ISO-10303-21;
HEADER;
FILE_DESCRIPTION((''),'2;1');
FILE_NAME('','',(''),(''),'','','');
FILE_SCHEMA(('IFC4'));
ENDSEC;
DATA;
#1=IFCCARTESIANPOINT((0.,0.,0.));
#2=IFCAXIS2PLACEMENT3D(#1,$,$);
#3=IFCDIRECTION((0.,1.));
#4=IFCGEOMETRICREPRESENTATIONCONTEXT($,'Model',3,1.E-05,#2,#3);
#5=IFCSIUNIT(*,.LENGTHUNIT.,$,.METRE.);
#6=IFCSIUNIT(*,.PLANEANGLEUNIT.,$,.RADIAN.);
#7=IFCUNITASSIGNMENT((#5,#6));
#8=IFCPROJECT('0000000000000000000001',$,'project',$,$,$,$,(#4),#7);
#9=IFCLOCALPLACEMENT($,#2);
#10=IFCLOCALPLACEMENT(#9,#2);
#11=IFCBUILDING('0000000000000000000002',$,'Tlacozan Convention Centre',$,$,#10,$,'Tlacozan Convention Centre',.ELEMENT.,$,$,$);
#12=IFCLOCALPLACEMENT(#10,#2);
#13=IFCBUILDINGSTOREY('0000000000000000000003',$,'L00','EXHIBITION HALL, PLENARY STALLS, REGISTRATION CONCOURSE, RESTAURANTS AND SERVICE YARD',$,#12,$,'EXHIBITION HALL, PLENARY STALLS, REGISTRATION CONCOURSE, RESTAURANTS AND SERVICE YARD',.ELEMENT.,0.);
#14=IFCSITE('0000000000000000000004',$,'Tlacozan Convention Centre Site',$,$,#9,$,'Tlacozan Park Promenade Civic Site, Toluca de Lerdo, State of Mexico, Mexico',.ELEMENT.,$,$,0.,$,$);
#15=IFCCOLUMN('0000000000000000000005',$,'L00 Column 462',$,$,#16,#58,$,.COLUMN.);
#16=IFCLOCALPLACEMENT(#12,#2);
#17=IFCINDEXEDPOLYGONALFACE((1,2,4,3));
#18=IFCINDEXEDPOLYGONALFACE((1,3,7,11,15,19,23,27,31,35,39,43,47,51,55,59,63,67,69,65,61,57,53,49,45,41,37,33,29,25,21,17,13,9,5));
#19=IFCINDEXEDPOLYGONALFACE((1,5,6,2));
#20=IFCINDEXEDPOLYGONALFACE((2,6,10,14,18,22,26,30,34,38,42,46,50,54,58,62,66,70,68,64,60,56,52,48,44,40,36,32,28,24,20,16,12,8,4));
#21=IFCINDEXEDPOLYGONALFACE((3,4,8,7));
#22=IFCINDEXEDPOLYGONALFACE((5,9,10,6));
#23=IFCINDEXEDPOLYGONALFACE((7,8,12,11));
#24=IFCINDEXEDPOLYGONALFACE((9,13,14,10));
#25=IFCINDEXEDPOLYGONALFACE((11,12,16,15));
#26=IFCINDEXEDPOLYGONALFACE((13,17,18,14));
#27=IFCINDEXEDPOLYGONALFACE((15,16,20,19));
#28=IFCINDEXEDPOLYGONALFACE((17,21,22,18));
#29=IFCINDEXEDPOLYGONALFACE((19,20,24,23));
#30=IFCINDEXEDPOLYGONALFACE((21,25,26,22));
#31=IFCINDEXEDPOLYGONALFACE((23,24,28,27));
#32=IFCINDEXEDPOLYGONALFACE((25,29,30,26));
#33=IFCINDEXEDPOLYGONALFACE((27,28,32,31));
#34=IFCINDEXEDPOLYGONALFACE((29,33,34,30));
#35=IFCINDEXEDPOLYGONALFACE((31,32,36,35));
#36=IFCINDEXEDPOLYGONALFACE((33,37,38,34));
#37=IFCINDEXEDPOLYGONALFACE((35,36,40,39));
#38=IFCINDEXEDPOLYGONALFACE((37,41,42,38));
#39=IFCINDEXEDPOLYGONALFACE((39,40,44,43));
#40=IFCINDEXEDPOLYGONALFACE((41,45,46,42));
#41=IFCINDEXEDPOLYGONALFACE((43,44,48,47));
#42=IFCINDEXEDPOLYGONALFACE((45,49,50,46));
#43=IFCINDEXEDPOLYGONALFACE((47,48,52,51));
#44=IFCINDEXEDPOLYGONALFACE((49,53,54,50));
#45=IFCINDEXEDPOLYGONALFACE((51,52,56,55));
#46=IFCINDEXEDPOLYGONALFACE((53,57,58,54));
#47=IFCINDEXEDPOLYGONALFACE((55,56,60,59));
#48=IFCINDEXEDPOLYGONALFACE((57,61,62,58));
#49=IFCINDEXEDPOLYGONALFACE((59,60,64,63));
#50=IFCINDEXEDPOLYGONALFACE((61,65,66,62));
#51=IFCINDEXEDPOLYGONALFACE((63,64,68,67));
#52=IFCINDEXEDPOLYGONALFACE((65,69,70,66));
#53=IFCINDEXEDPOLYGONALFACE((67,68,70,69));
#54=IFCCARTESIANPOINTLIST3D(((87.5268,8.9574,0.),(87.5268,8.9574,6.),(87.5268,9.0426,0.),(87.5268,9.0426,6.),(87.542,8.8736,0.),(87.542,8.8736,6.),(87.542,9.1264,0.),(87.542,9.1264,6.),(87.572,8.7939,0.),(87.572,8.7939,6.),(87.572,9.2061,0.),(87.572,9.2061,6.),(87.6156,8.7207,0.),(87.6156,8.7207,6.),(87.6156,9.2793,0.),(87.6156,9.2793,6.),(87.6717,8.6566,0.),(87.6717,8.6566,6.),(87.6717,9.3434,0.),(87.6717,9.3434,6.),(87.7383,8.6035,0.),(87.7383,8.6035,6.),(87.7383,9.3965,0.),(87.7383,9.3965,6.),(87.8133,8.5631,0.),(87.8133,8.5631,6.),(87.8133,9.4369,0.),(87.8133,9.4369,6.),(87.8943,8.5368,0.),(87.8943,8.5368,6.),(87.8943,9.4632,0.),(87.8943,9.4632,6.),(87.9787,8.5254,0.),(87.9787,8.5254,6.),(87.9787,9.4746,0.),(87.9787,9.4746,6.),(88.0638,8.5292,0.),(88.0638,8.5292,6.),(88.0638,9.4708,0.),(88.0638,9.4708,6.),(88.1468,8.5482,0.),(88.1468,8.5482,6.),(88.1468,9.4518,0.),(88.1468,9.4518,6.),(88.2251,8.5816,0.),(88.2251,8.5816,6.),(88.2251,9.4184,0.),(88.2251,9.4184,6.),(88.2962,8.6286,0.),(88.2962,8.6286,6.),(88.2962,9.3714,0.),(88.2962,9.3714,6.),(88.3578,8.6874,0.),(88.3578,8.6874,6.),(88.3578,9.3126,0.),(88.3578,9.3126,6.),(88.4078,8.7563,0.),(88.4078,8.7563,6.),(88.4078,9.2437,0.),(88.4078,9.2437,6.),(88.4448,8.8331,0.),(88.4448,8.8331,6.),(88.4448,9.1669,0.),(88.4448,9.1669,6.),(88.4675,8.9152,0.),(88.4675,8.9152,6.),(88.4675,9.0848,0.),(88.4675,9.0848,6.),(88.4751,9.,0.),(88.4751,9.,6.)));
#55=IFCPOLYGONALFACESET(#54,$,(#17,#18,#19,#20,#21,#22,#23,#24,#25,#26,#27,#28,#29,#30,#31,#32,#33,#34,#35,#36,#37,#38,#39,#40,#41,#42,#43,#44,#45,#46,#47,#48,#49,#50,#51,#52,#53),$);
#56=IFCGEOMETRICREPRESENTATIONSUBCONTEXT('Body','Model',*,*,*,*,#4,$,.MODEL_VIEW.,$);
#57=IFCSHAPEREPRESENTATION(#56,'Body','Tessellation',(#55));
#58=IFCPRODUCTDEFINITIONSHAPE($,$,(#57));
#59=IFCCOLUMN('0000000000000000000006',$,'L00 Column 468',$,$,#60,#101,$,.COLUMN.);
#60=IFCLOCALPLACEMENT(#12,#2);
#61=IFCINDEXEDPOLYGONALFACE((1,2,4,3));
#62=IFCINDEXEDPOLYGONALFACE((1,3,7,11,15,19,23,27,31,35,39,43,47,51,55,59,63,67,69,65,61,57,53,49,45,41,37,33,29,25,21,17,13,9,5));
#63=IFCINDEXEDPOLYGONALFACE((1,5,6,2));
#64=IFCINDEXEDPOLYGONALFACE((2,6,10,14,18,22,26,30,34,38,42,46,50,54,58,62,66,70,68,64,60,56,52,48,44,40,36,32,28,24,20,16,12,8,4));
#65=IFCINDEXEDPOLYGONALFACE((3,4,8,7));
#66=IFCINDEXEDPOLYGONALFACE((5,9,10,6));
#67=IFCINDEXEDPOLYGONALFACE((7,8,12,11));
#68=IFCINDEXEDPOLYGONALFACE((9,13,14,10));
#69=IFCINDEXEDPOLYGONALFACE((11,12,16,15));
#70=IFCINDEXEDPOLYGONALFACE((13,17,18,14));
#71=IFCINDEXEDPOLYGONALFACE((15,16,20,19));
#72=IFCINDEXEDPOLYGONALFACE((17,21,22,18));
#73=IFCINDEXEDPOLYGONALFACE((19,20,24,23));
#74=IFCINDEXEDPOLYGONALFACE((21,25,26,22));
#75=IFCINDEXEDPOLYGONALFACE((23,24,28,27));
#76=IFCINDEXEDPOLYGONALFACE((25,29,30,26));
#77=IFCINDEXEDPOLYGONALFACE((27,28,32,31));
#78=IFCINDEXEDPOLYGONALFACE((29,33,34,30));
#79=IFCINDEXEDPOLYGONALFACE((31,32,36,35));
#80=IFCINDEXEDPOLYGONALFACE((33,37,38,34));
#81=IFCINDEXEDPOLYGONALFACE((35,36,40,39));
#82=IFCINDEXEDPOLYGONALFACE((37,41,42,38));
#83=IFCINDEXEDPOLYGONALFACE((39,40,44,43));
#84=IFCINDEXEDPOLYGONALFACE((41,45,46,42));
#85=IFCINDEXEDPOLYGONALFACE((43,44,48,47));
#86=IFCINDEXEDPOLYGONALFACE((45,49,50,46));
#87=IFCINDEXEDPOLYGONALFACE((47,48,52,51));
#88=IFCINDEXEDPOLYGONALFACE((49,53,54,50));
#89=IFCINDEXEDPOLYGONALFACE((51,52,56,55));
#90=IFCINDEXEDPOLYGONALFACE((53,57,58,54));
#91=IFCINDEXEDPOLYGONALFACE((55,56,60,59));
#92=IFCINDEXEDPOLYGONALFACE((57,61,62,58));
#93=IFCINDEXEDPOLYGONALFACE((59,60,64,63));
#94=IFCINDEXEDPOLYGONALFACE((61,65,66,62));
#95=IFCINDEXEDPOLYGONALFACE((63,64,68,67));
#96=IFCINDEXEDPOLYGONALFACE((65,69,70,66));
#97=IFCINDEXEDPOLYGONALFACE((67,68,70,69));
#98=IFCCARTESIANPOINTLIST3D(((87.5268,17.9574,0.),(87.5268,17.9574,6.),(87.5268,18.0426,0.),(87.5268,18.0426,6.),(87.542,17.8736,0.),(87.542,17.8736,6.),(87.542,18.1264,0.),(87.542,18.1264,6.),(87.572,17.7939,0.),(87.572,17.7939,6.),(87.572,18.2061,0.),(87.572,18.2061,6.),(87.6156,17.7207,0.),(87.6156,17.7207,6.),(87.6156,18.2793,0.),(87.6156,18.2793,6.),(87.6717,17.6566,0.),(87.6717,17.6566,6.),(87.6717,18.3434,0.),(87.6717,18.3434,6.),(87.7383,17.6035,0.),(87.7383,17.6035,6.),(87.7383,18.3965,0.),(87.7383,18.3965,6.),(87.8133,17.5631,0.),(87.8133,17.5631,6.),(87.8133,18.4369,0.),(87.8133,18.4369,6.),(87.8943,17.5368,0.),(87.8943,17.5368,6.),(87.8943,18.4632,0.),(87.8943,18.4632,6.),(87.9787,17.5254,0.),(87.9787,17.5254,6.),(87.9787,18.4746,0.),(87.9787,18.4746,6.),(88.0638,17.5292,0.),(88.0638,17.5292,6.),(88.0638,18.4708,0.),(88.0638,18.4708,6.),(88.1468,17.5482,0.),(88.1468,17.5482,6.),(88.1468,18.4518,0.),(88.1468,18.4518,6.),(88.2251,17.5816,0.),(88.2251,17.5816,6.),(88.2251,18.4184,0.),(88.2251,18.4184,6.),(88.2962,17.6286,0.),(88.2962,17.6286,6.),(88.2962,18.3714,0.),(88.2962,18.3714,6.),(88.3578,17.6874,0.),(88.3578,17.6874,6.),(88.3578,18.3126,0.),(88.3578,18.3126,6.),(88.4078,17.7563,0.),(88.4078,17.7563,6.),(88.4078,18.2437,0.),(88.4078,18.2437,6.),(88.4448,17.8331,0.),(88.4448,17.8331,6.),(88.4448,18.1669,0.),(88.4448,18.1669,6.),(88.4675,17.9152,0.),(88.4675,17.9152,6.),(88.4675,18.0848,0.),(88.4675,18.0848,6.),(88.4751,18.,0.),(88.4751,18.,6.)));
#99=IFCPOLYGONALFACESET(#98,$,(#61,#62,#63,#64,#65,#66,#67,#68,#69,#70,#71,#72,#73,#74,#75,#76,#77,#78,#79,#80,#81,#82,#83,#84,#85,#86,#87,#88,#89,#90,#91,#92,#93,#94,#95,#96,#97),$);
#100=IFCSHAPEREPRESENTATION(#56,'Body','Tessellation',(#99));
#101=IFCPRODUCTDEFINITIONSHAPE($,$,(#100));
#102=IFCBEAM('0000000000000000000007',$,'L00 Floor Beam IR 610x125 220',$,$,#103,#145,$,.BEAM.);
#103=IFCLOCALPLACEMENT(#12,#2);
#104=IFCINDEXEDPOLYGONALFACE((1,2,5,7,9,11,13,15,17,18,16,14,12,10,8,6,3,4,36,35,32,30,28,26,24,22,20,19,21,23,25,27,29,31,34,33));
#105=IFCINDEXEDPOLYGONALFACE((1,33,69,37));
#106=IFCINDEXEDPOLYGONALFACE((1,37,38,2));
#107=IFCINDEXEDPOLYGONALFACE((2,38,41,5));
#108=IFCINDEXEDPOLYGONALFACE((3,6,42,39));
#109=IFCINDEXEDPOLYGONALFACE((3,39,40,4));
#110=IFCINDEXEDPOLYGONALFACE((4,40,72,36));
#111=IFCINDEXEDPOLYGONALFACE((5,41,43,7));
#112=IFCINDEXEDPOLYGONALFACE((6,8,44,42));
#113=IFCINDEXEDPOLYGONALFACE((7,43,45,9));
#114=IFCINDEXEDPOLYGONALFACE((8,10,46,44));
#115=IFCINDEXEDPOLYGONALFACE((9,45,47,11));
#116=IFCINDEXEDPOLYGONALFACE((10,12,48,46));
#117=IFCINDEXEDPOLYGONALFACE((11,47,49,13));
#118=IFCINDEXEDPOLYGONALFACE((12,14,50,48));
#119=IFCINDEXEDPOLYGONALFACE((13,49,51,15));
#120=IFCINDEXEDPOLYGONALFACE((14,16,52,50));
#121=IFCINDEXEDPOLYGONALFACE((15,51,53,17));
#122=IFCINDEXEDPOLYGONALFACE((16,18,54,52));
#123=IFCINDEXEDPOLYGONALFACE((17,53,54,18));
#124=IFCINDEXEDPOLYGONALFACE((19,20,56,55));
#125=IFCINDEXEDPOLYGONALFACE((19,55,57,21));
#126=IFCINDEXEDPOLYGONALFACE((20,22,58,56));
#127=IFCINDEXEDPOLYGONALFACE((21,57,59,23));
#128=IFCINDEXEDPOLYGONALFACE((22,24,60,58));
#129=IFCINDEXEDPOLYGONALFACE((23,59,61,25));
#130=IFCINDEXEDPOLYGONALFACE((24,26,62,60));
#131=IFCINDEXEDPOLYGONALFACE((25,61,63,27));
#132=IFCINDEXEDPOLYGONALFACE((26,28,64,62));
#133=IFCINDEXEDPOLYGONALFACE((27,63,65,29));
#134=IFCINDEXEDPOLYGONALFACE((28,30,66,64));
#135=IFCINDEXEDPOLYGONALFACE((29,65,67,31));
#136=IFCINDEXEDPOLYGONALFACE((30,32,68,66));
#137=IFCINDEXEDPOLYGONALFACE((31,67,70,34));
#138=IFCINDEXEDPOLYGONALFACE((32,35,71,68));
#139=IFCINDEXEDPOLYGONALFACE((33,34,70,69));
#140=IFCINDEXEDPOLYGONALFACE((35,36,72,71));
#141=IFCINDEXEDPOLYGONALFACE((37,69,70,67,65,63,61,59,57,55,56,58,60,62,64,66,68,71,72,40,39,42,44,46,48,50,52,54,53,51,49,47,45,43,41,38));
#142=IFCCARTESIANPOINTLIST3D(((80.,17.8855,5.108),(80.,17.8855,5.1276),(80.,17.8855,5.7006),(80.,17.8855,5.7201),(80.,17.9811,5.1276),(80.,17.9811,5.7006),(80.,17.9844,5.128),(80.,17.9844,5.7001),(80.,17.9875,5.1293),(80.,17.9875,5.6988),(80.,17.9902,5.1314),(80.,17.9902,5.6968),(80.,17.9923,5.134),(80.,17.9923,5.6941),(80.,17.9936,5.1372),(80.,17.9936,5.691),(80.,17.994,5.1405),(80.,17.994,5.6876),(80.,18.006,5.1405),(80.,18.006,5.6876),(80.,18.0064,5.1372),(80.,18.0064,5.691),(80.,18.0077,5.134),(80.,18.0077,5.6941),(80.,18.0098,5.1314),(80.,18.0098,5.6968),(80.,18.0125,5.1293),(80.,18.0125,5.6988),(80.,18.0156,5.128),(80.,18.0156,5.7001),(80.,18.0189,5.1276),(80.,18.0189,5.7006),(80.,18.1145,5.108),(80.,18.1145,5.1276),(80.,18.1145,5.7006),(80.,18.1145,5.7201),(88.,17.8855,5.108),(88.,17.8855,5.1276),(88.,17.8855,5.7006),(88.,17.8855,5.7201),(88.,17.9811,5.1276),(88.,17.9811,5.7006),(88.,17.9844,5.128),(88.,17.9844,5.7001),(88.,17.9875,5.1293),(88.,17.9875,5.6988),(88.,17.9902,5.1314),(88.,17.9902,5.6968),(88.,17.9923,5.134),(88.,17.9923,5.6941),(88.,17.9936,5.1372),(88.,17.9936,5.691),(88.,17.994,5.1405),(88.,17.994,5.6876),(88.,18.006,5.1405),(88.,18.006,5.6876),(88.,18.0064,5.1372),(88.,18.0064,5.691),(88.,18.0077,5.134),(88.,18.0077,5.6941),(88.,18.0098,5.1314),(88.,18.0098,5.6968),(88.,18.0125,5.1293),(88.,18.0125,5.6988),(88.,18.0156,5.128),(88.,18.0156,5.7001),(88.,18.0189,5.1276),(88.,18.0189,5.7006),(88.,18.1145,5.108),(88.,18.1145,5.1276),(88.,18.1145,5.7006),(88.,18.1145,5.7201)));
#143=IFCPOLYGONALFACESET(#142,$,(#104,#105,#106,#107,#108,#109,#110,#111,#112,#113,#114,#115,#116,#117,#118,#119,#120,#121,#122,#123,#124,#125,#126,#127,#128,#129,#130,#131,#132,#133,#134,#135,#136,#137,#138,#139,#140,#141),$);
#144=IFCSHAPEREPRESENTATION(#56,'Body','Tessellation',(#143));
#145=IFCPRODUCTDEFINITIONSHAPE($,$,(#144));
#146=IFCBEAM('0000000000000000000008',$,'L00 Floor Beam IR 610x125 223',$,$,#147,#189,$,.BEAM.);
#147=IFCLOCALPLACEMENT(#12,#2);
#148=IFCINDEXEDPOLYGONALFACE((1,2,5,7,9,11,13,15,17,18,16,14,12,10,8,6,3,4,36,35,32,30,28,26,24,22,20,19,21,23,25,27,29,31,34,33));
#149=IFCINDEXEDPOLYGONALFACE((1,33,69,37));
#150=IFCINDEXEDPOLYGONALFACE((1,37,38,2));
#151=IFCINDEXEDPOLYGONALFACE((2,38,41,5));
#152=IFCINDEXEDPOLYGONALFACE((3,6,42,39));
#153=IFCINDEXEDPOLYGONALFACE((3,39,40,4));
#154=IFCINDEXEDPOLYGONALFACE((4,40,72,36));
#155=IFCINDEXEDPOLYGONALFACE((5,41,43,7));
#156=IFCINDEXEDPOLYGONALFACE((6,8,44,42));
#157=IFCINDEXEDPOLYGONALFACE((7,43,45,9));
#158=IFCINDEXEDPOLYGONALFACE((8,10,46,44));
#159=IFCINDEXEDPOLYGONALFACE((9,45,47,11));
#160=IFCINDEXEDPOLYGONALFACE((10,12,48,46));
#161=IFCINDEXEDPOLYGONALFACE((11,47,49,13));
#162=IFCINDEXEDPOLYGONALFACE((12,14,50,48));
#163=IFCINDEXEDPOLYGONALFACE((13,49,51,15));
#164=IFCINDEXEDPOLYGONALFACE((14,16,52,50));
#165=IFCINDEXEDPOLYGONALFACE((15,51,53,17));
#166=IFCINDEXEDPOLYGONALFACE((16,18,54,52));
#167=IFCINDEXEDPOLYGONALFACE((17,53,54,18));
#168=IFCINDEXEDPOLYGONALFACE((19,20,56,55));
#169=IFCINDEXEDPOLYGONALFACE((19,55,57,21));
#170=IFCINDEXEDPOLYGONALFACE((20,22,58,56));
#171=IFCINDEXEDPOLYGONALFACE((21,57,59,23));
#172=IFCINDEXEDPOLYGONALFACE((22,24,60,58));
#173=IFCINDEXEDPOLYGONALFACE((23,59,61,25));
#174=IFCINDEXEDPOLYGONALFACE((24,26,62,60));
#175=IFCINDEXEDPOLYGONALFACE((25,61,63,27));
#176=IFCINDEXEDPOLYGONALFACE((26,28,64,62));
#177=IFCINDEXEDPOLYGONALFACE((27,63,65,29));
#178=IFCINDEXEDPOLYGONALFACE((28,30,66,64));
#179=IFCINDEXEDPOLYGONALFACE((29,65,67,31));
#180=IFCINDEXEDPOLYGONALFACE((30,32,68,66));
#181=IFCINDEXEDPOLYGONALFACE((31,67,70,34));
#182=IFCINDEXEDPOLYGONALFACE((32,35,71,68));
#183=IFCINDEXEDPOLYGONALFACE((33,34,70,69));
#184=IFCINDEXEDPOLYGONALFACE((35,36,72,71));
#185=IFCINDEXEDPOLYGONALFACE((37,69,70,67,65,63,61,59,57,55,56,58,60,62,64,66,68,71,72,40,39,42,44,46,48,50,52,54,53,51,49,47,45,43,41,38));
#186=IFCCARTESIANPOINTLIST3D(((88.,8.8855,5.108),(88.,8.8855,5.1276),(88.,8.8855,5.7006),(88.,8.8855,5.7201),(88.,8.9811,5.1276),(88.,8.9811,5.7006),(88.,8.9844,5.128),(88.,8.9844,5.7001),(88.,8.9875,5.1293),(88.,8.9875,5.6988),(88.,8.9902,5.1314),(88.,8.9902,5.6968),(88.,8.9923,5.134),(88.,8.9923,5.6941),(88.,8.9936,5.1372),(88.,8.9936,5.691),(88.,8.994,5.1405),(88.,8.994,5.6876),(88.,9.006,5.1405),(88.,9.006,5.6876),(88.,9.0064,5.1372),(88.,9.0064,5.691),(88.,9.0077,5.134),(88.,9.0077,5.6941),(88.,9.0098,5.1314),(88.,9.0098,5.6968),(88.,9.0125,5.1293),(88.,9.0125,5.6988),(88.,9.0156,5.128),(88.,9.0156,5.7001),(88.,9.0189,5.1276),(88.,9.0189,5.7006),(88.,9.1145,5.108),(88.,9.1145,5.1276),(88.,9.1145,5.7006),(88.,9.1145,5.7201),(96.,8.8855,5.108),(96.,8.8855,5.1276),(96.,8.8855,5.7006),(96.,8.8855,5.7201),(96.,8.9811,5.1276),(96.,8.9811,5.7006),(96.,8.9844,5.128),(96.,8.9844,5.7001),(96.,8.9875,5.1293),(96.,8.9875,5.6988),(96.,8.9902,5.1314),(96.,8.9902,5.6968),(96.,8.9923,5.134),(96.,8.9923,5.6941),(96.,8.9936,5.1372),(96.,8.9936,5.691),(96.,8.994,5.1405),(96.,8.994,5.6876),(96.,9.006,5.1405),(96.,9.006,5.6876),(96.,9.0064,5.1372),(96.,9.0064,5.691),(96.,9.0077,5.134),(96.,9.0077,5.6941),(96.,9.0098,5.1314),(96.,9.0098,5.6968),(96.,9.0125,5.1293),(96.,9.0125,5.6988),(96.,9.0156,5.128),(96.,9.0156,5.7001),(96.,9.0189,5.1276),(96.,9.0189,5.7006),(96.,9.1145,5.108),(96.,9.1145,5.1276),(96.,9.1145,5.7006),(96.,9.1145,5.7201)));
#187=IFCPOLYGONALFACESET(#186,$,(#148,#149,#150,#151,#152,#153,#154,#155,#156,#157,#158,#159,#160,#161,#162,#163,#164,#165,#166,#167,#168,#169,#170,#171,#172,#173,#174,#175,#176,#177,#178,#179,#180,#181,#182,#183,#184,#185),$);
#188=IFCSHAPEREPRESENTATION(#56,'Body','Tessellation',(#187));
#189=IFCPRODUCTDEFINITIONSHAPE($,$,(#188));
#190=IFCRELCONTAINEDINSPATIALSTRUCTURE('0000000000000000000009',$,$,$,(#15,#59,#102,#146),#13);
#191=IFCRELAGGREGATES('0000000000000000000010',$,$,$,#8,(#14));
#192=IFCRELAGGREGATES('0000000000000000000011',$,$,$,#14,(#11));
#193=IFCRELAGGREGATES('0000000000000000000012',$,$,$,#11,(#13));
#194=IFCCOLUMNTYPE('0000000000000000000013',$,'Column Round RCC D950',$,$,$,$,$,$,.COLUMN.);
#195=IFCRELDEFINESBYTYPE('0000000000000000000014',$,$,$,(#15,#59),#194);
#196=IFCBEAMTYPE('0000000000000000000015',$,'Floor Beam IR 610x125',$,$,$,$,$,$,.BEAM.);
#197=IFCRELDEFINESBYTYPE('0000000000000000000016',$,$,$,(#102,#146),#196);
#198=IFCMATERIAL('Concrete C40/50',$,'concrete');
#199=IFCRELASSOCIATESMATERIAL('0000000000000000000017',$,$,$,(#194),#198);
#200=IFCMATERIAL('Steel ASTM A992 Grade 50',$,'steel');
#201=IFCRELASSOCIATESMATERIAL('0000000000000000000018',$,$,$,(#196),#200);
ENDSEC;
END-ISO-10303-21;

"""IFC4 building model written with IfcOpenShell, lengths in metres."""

from ifc_helpers import new_model, si_unit, direction, frame, origin, origin_2d, place, context, subcontext, project, spatial, circle, i_section, extrude, material, material_profile, profile_set, type_object, element, save


model = new_model("IFC4")

# Units and contexts
model_context = context("Model", 3, precision=1e-05, world=origin(), true_north=direction((0.0, 1.0)))
body_context = subcontext(model_context, "Body", "Model", "MODEL_VIEW")
ifc_project = project(units=[si_unit("LENGTHUNIT", "METRE"), si_unit("PLANEANGLEUNIT", "RADIAN")], contexts=[model_context])

# Site, building, storey
site_placement = place(None, origin())
site = spatial("IfcSite", under=ifc_project, at=site_placement, Name="Tlacozan Convention Centre Site", LongName="Tlacozan Park Promenade Civic Site, Toluca de Lerdo, State of Mexico, Mexico", CompositionType="ELEMENT", RefElevation=0.0)
building_placement = place(site_placement, origin())
building = spatial("IfcBuilding", under=site, at=building_placement, Name="Tlacozan Convention Centre", LongName="Tlacozan Convention Centre", CompositionType="ELEMENT")
storey_placement = place(building_placement, origin())
storey = spatial("IfcBuildingStorey", under=building, at=storey_placement, Name="L00", Description="EXHIBITION HALL, PLENARY STALLS, REGISTRATION CONCOURSE, RESTAURANTS AND SERVICE YARD", LongName="EXHIBITION HALL, PLENARY STALLS, REGISTRATION CONCOURSE, RESTAURANTS AND SERVICE YARD", CompositionType="ELEMENT", Elevation=0.0)

# Columns
ifc_material_1 = material(Name="Concrete C40/50", Category="concrete")
ifc_material_profile_1 = material_profile(ifc_material_1, circle(Radius=0.4751, at=origin_2d()), Name="RCC D950")
ifc_profile_set_1 = profile_set([ifc_material_profile_1], Name="Concrete C40/50")
column_type = type_object("IfcColumnType", Name="Column Round RCC D950", PredefinedType="COLUMN", material=ifc_profile_set_1)
for number, where, z_axis, x_axis, name in (
    (1, (88.0, 9.0, 0.0), (0.0, 0.0, 1.0), (1.0, 0.0, 0.0), "L00 Column 462"),
    (2, (88.0, 18.0, 0.0), (0.0, 0.0, 1.0), (1.0, 0.0, 0.0), "L00 Column 468"),
):
    element("IfcColumn", number, at=place(storey_placement, frame(where, z_axis=z_axis, x_axis=x_axis)), inside=storey, type_object=column_type, Name=name, PredefinedType="COLUMN", context=body_context, shape_type="SweptSolid", body=[
        extrude(circle(Radius=0.4751, at=origin_2d()), origin(), (0.0, 0.0, 1.0), 6.0),
    ])

# Beams
ifc_material_2 = material(Name="Steel ASTM A992 Grade 50", Category="steel")
ifc_material_profile_2 = material_profile(ifc_material_2, i_section(OverallWidth=0.229, OverallDepth=0.6121, WebThickness=0.012, FlangeThickness=0.0195, FilletRadius=0.0129, at=origin_2d()), Name="IR 610x125.0")
ifc_profile_set_2 = profile_set([ifc_material_profile_2], Name="Steel ASTM A992 Grade 50")
beam_type_1 = type_object("IfcBeamType", Name="Floor Beam IR 610x125", PredefinedType="BEAM", material=ifc_profile_set_2)
for number, where, z_axis, x_axis, name in (
    (3, (80.0, 18.0, 5.4141), (1.0, 0.0, 0.0), (0.0, 1.0, 0.0), "L00 Floor Beam IR 610x125 220"),
    (4, (88.0, 9.0, 5.4141), (1.0, 0.0, 0.0), (0.0, 1.0, 0.0), "L00 Floor Beam IR 610x125 223"),
):
    element("IfcBeam", number, at=place(storey_placement, frame(where, z_axis=z_axis, x_axis=x_axis)), inside=storey, type_object=beam_type_1, Name=name, PredefinedType="BEAM", context=body_context, shape_type="SweptSolid", body=[
        extrude(i_section(OverallWidth=0.229, OverallDepth=0.6121, WebThickness=0.012, FlangeThickness=0.0195, FilletRadius=0.0129, at=origin_2d()), origin(), (0.0, 0.0, 1.0), 8.0),
    ])

save(model, "model.ifc")
